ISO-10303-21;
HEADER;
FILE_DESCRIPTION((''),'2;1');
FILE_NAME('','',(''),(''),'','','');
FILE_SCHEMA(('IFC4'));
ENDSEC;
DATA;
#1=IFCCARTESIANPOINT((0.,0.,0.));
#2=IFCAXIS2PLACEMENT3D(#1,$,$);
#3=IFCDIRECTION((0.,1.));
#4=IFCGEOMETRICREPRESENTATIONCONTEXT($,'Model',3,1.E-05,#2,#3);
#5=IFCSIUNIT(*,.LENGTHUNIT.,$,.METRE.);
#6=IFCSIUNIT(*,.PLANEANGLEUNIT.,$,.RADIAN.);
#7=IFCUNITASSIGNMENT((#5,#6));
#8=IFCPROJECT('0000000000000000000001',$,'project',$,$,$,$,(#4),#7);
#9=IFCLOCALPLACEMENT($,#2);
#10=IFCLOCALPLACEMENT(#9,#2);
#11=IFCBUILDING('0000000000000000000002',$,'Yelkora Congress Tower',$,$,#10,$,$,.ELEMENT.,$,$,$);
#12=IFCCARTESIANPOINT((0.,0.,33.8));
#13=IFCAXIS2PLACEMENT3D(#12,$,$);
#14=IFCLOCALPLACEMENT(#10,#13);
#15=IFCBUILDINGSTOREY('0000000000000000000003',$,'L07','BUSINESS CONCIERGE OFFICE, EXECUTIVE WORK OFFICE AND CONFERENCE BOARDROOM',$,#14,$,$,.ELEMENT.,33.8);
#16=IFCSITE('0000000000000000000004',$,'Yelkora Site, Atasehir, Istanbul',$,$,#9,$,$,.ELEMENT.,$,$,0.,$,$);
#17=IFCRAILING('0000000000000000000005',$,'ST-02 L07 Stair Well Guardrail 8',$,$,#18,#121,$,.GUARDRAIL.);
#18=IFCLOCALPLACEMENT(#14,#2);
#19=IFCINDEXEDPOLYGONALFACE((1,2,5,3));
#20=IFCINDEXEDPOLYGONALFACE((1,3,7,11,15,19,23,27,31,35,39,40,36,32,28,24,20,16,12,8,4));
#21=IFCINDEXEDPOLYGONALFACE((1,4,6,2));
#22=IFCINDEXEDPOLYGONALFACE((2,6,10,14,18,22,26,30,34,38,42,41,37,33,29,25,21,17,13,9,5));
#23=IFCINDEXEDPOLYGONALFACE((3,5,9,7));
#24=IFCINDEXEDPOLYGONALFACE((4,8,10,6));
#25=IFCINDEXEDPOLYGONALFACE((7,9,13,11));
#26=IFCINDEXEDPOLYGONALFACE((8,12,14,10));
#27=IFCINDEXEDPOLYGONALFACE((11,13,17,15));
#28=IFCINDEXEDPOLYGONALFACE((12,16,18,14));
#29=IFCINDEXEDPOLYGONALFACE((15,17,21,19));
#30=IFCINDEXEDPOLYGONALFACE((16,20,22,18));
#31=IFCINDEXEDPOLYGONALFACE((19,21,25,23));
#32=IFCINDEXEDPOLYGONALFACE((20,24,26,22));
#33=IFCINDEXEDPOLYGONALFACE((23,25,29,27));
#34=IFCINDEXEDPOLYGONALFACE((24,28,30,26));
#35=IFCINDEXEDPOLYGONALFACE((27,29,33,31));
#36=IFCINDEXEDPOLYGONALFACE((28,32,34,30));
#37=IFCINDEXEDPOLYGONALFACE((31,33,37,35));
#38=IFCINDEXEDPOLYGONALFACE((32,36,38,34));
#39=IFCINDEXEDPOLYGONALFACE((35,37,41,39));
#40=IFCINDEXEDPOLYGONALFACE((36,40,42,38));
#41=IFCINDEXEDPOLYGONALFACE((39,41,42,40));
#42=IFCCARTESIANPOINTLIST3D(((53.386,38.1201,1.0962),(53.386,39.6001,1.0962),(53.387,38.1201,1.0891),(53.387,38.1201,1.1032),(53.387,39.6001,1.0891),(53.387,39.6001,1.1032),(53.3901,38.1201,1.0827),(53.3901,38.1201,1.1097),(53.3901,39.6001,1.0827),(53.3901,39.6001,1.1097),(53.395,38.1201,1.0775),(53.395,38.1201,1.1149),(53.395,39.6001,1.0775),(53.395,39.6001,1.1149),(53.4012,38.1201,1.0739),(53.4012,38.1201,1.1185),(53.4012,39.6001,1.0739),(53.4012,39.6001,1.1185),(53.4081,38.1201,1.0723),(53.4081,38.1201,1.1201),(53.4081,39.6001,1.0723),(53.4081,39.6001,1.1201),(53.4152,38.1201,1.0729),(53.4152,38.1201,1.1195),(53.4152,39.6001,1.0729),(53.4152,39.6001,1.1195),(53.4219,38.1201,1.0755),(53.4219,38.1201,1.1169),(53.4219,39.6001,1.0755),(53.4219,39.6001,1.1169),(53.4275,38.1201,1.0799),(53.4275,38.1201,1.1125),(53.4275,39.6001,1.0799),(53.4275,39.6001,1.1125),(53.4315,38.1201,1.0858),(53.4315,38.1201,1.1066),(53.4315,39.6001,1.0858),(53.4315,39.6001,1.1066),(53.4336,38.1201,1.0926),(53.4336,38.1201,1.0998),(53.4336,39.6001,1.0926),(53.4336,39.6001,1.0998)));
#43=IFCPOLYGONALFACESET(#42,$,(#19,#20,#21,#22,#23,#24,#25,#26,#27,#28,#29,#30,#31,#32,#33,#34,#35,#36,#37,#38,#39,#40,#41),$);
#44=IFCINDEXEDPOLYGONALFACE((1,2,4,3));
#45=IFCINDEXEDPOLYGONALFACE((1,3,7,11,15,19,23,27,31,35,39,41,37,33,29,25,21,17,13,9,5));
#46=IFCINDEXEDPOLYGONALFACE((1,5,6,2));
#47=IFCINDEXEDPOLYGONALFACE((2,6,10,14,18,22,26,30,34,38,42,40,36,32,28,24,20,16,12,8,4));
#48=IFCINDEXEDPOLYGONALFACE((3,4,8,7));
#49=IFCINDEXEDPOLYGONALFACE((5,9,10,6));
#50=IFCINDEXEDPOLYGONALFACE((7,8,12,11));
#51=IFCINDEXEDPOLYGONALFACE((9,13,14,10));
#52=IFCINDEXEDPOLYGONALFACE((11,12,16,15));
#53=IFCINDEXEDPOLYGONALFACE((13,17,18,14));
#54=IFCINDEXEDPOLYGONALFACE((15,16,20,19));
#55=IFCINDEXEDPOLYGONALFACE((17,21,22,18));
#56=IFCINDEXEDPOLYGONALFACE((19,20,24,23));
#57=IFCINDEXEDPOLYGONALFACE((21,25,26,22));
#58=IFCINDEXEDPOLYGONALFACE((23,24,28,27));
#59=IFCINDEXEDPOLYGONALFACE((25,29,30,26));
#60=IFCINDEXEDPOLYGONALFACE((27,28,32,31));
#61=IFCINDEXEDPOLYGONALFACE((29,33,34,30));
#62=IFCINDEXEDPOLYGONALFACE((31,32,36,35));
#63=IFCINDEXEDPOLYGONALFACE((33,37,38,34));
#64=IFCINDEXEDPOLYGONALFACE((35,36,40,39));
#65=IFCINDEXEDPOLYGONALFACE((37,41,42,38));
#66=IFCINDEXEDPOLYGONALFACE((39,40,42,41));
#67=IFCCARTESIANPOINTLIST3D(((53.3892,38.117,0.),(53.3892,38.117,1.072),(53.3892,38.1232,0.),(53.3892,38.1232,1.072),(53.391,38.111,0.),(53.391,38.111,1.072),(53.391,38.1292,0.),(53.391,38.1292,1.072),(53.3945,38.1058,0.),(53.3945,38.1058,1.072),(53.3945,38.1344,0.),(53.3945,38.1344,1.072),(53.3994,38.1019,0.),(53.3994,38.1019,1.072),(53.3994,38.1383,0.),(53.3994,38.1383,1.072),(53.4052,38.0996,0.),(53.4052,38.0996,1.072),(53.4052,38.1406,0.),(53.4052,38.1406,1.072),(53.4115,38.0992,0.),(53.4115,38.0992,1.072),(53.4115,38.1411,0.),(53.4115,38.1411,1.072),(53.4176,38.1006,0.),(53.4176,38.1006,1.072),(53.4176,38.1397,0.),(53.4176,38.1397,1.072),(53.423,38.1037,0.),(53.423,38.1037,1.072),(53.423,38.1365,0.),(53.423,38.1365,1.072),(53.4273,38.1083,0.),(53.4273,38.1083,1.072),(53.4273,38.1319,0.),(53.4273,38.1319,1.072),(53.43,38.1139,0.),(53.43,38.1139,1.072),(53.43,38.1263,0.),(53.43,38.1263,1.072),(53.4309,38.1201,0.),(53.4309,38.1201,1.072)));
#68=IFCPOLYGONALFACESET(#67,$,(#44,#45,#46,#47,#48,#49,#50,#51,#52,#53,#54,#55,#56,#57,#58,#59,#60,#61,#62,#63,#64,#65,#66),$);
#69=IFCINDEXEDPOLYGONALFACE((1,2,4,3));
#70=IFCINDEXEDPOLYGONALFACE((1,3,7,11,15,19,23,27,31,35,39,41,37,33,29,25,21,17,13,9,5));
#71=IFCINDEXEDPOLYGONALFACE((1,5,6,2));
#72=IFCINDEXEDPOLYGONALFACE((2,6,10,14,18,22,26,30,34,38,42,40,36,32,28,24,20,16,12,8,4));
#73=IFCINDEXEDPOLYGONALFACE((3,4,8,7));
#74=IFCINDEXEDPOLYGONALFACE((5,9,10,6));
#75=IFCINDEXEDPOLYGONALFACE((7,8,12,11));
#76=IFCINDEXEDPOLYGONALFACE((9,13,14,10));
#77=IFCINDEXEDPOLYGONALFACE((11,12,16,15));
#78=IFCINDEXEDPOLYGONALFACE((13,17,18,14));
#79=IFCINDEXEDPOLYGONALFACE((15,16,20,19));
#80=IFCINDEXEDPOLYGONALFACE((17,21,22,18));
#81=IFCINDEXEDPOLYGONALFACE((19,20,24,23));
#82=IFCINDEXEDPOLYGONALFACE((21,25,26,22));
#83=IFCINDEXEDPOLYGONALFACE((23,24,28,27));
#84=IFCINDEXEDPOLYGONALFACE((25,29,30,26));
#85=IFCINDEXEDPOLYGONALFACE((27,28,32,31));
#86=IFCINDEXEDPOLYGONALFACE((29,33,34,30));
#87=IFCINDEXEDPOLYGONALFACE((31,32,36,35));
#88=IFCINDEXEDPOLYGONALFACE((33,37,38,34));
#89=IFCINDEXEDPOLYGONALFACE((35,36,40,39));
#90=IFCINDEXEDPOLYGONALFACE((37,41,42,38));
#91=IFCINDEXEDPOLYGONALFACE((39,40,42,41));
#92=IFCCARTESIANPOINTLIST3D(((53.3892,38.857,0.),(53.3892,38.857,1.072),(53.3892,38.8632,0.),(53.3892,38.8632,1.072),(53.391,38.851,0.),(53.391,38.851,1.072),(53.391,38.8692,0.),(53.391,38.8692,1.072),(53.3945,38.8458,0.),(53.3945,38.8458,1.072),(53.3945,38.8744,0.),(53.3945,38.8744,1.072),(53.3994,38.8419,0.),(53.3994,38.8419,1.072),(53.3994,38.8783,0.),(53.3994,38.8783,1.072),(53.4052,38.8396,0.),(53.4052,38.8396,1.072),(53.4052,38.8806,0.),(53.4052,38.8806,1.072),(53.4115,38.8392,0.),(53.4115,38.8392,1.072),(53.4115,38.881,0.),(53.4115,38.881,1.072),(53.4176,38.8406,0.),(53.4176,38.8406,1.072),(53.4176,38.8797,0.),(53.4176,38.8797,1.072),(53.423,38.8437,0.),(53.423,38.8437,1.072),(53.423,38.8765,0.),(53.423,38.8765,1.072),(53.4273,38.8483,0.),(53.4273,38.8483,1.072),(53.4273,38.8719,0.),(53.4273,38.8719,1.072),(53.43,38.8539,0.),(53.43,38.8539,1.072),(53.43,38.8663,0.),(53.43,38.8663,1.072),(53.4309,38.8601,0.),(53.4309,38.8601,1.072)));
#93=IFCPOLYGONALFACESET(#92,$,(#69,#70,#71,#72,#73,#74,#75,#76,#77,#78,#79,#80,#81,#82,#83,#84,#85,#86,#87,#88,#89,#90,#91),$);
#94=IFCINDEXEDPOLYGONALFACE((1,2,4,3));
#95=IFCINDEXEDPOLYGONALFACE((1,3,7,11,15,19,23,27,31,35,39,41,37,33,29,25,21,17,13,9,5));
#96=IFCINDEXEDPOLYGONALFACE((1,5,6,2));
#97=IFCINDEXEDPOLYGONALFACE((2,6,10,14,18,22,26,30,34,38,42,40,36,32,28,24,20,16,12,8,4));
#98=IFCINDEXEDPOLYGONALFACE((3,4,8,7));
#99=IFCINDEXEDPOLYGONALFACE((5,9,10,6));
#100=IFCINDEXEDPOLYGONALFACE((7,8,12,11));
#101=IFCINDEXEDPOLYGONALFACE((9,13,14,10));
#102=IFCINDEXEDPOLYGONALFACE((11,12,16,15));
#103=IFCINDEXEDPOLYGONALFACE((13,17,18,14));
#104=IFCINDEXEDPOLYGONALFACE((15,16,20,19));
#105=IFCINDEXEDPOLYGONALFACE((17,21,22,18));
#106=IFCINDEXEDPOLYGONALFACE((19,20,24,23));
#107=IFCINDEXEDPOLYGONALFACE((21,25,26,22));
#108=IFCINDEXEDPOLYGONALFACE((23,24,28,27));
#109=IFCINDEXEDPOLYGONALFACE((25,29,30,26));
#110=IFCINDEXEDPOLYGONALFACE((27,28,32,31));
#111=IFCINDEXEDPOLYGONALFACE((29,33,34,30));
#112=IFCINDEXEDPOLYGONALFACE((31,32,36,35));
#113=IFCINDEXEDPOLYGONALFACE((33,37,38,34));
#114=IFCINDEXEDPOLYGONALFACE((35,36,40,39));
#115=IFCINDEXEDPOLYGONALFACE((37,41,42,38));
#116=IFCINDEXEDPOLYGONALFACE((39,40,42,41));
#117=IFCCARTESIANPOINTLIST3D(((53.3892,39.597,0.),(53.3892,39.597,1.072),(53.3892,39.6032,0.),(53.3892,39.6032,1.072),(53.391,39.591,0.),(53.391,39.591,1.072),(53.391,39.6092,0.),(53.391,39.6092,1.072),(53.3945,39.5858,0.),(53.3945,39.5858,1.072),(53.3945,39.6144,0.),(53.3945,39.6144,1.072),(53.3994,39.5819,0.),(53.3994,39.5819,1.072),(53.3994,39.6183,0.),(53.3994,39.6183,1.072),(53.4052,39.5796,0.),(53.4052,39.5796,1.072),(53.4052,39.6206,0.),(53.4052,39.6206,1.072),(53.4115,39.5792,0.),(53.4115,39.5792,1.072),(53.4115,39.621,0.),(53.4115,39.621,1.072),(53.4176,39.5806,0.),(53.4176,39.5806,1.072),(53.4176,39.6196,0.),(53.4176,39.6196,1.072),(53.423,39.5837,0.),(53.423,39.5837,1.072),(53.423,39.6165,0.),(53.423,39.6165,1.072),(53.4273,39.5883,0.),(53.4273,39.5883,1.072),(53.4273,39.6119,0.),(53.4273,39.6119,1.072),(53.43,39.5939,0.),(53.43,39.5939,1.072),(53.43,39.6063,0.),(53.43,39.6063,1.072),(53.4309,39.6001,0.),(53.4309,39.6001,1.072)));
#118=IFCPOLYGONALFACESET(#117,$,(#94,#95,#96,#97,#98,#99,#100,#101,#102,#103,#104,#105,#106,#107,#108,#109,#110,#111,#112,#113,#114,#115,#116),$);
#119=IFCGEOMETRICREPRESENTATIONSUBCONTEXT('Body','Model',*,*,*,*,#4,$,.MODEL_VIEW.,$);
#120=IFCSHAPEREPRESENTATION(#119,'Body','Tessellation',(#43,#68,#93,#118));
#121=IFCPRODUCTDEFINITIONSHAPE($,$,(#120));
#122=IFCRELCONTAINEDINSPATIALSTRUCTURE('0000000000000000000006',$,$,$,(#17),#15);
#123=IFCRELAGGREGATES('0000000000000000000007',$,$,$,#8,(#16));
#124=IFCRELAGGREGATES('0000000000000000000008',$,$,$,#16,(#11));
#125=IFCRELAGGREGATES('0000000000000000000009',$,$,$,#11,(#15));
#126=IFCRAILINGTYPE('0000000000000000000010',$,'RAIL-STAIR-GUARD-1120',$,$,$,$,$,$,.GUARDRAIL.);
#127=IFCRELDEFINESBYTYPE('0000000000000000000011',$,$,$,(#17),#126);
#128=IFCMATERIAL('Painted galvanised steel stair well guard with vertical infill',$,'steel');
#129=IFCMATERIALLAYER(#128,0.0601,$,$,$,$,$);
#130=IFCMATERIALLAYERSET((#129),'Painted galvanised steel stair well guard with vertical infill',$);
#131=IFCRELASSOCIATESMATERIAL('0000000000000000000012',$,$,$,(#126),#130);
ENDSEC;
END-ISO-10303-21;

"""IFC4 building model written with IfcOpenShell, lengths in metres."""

from ifc_helpers import new_model, si_unit, direction, frame, origin, origin_2d, place, context, subcontext, project, spatial, circle, extrude, material, layer, layer_set, type_object, element, save


model = new_model("IFC4")

# Units and contexts
model_context = context("Model", 3, precision=1e-05, world=origin(), true_north=direction((0.0, 1.0)))
body_context = subcontext(model_context, "Body", "Model", "MODEL_VIEW")
ifc_project = project(units=[si_unit("LENGTHUNIT", "METRE"), si_unit("PLANEANGLEUNIT", "RADIAN")], contexts=[model_context])

# Site, building, storey
site_placement = place(None, origin())
site = spatial("IfcSite", under=ifc_project, at=site_placement, Name="Yelkora Site, Atasehir, Istanbul", CompositionType="ELEMENT", RefElevation=0.0)
building_placement = place(site_placement, origin())
building = spatial("IfcBuilding", under=site, at=building_placement, Name="Yelkora Congress Tower", CompositionType="ELEMENT")
storey_placement = place(building_placement, frame((0.0, 0.0, 33.8)))
storey = spatial("IfcBuildingStorey", under=building, at=storey_placement, Name="L07", Description="BUSINESS CONCIERGE OFFICE, EXECUTIVE WORK OFFICE AND CONFERENCE BOARDROOM", CompositionType="ELEMENT", Elevation=33.8)

# Railing
ifc_material_1 = material(Name="Painted galvanised steel stair well guard with vertical infill", Category="steel")
ifc_layer_1 = layer(ifc_material_1, 0.0601)
ifc_layer_set_1 = layer_set([ifc_layer_1], Name="Painted galvanised steel stair well guard with vertical infill")
railing_type_1 = type_object("IfcRailingType", Name="RAIL-STAIR-GUARD-1120", PredefinedType="GUARDRAIL", material=ifc_layer_set_1)
railing_1_placement = place(storey_placement, frame((53.4099, 38.1201, 0.0)))
element("IfcRailing", 1, at=railing_1_placement, inside=storey, type_object=railing_type_1, Name="ST-02 L07 Stair Well Guardrail 8", PredefinedType="GUARDRAIL", context=body_context, shape_type="SweptSolid", body=[
    extrude(circle(Radius=0.0239, at=origin_2d()), frame((0.0, 0.0, 1.0962), z_axis=(0.0, 1.0, 0.0), x_axis=(-1.0, 0.0, 0.0)), (0.0, 0.0, 1.0), 1.48),
    extrude(circle(Radius=0.021, at=origin_2d()), origin(), (0.0, 0.0, 1.0), 1.072),
    extrude(circle(Radius=0.021, at=origin_2d()), frame((0.0, 0.74, 0.0)), (0.0, 0.0, 1.0), 1.072),
    extrude(circle(Radius=0.021, at=origin_2d()), frame((0.0, 1.48, 0.0)), (0.0, 0.0, 1.0), 1.072),
])

save(model, "model.ifc")
